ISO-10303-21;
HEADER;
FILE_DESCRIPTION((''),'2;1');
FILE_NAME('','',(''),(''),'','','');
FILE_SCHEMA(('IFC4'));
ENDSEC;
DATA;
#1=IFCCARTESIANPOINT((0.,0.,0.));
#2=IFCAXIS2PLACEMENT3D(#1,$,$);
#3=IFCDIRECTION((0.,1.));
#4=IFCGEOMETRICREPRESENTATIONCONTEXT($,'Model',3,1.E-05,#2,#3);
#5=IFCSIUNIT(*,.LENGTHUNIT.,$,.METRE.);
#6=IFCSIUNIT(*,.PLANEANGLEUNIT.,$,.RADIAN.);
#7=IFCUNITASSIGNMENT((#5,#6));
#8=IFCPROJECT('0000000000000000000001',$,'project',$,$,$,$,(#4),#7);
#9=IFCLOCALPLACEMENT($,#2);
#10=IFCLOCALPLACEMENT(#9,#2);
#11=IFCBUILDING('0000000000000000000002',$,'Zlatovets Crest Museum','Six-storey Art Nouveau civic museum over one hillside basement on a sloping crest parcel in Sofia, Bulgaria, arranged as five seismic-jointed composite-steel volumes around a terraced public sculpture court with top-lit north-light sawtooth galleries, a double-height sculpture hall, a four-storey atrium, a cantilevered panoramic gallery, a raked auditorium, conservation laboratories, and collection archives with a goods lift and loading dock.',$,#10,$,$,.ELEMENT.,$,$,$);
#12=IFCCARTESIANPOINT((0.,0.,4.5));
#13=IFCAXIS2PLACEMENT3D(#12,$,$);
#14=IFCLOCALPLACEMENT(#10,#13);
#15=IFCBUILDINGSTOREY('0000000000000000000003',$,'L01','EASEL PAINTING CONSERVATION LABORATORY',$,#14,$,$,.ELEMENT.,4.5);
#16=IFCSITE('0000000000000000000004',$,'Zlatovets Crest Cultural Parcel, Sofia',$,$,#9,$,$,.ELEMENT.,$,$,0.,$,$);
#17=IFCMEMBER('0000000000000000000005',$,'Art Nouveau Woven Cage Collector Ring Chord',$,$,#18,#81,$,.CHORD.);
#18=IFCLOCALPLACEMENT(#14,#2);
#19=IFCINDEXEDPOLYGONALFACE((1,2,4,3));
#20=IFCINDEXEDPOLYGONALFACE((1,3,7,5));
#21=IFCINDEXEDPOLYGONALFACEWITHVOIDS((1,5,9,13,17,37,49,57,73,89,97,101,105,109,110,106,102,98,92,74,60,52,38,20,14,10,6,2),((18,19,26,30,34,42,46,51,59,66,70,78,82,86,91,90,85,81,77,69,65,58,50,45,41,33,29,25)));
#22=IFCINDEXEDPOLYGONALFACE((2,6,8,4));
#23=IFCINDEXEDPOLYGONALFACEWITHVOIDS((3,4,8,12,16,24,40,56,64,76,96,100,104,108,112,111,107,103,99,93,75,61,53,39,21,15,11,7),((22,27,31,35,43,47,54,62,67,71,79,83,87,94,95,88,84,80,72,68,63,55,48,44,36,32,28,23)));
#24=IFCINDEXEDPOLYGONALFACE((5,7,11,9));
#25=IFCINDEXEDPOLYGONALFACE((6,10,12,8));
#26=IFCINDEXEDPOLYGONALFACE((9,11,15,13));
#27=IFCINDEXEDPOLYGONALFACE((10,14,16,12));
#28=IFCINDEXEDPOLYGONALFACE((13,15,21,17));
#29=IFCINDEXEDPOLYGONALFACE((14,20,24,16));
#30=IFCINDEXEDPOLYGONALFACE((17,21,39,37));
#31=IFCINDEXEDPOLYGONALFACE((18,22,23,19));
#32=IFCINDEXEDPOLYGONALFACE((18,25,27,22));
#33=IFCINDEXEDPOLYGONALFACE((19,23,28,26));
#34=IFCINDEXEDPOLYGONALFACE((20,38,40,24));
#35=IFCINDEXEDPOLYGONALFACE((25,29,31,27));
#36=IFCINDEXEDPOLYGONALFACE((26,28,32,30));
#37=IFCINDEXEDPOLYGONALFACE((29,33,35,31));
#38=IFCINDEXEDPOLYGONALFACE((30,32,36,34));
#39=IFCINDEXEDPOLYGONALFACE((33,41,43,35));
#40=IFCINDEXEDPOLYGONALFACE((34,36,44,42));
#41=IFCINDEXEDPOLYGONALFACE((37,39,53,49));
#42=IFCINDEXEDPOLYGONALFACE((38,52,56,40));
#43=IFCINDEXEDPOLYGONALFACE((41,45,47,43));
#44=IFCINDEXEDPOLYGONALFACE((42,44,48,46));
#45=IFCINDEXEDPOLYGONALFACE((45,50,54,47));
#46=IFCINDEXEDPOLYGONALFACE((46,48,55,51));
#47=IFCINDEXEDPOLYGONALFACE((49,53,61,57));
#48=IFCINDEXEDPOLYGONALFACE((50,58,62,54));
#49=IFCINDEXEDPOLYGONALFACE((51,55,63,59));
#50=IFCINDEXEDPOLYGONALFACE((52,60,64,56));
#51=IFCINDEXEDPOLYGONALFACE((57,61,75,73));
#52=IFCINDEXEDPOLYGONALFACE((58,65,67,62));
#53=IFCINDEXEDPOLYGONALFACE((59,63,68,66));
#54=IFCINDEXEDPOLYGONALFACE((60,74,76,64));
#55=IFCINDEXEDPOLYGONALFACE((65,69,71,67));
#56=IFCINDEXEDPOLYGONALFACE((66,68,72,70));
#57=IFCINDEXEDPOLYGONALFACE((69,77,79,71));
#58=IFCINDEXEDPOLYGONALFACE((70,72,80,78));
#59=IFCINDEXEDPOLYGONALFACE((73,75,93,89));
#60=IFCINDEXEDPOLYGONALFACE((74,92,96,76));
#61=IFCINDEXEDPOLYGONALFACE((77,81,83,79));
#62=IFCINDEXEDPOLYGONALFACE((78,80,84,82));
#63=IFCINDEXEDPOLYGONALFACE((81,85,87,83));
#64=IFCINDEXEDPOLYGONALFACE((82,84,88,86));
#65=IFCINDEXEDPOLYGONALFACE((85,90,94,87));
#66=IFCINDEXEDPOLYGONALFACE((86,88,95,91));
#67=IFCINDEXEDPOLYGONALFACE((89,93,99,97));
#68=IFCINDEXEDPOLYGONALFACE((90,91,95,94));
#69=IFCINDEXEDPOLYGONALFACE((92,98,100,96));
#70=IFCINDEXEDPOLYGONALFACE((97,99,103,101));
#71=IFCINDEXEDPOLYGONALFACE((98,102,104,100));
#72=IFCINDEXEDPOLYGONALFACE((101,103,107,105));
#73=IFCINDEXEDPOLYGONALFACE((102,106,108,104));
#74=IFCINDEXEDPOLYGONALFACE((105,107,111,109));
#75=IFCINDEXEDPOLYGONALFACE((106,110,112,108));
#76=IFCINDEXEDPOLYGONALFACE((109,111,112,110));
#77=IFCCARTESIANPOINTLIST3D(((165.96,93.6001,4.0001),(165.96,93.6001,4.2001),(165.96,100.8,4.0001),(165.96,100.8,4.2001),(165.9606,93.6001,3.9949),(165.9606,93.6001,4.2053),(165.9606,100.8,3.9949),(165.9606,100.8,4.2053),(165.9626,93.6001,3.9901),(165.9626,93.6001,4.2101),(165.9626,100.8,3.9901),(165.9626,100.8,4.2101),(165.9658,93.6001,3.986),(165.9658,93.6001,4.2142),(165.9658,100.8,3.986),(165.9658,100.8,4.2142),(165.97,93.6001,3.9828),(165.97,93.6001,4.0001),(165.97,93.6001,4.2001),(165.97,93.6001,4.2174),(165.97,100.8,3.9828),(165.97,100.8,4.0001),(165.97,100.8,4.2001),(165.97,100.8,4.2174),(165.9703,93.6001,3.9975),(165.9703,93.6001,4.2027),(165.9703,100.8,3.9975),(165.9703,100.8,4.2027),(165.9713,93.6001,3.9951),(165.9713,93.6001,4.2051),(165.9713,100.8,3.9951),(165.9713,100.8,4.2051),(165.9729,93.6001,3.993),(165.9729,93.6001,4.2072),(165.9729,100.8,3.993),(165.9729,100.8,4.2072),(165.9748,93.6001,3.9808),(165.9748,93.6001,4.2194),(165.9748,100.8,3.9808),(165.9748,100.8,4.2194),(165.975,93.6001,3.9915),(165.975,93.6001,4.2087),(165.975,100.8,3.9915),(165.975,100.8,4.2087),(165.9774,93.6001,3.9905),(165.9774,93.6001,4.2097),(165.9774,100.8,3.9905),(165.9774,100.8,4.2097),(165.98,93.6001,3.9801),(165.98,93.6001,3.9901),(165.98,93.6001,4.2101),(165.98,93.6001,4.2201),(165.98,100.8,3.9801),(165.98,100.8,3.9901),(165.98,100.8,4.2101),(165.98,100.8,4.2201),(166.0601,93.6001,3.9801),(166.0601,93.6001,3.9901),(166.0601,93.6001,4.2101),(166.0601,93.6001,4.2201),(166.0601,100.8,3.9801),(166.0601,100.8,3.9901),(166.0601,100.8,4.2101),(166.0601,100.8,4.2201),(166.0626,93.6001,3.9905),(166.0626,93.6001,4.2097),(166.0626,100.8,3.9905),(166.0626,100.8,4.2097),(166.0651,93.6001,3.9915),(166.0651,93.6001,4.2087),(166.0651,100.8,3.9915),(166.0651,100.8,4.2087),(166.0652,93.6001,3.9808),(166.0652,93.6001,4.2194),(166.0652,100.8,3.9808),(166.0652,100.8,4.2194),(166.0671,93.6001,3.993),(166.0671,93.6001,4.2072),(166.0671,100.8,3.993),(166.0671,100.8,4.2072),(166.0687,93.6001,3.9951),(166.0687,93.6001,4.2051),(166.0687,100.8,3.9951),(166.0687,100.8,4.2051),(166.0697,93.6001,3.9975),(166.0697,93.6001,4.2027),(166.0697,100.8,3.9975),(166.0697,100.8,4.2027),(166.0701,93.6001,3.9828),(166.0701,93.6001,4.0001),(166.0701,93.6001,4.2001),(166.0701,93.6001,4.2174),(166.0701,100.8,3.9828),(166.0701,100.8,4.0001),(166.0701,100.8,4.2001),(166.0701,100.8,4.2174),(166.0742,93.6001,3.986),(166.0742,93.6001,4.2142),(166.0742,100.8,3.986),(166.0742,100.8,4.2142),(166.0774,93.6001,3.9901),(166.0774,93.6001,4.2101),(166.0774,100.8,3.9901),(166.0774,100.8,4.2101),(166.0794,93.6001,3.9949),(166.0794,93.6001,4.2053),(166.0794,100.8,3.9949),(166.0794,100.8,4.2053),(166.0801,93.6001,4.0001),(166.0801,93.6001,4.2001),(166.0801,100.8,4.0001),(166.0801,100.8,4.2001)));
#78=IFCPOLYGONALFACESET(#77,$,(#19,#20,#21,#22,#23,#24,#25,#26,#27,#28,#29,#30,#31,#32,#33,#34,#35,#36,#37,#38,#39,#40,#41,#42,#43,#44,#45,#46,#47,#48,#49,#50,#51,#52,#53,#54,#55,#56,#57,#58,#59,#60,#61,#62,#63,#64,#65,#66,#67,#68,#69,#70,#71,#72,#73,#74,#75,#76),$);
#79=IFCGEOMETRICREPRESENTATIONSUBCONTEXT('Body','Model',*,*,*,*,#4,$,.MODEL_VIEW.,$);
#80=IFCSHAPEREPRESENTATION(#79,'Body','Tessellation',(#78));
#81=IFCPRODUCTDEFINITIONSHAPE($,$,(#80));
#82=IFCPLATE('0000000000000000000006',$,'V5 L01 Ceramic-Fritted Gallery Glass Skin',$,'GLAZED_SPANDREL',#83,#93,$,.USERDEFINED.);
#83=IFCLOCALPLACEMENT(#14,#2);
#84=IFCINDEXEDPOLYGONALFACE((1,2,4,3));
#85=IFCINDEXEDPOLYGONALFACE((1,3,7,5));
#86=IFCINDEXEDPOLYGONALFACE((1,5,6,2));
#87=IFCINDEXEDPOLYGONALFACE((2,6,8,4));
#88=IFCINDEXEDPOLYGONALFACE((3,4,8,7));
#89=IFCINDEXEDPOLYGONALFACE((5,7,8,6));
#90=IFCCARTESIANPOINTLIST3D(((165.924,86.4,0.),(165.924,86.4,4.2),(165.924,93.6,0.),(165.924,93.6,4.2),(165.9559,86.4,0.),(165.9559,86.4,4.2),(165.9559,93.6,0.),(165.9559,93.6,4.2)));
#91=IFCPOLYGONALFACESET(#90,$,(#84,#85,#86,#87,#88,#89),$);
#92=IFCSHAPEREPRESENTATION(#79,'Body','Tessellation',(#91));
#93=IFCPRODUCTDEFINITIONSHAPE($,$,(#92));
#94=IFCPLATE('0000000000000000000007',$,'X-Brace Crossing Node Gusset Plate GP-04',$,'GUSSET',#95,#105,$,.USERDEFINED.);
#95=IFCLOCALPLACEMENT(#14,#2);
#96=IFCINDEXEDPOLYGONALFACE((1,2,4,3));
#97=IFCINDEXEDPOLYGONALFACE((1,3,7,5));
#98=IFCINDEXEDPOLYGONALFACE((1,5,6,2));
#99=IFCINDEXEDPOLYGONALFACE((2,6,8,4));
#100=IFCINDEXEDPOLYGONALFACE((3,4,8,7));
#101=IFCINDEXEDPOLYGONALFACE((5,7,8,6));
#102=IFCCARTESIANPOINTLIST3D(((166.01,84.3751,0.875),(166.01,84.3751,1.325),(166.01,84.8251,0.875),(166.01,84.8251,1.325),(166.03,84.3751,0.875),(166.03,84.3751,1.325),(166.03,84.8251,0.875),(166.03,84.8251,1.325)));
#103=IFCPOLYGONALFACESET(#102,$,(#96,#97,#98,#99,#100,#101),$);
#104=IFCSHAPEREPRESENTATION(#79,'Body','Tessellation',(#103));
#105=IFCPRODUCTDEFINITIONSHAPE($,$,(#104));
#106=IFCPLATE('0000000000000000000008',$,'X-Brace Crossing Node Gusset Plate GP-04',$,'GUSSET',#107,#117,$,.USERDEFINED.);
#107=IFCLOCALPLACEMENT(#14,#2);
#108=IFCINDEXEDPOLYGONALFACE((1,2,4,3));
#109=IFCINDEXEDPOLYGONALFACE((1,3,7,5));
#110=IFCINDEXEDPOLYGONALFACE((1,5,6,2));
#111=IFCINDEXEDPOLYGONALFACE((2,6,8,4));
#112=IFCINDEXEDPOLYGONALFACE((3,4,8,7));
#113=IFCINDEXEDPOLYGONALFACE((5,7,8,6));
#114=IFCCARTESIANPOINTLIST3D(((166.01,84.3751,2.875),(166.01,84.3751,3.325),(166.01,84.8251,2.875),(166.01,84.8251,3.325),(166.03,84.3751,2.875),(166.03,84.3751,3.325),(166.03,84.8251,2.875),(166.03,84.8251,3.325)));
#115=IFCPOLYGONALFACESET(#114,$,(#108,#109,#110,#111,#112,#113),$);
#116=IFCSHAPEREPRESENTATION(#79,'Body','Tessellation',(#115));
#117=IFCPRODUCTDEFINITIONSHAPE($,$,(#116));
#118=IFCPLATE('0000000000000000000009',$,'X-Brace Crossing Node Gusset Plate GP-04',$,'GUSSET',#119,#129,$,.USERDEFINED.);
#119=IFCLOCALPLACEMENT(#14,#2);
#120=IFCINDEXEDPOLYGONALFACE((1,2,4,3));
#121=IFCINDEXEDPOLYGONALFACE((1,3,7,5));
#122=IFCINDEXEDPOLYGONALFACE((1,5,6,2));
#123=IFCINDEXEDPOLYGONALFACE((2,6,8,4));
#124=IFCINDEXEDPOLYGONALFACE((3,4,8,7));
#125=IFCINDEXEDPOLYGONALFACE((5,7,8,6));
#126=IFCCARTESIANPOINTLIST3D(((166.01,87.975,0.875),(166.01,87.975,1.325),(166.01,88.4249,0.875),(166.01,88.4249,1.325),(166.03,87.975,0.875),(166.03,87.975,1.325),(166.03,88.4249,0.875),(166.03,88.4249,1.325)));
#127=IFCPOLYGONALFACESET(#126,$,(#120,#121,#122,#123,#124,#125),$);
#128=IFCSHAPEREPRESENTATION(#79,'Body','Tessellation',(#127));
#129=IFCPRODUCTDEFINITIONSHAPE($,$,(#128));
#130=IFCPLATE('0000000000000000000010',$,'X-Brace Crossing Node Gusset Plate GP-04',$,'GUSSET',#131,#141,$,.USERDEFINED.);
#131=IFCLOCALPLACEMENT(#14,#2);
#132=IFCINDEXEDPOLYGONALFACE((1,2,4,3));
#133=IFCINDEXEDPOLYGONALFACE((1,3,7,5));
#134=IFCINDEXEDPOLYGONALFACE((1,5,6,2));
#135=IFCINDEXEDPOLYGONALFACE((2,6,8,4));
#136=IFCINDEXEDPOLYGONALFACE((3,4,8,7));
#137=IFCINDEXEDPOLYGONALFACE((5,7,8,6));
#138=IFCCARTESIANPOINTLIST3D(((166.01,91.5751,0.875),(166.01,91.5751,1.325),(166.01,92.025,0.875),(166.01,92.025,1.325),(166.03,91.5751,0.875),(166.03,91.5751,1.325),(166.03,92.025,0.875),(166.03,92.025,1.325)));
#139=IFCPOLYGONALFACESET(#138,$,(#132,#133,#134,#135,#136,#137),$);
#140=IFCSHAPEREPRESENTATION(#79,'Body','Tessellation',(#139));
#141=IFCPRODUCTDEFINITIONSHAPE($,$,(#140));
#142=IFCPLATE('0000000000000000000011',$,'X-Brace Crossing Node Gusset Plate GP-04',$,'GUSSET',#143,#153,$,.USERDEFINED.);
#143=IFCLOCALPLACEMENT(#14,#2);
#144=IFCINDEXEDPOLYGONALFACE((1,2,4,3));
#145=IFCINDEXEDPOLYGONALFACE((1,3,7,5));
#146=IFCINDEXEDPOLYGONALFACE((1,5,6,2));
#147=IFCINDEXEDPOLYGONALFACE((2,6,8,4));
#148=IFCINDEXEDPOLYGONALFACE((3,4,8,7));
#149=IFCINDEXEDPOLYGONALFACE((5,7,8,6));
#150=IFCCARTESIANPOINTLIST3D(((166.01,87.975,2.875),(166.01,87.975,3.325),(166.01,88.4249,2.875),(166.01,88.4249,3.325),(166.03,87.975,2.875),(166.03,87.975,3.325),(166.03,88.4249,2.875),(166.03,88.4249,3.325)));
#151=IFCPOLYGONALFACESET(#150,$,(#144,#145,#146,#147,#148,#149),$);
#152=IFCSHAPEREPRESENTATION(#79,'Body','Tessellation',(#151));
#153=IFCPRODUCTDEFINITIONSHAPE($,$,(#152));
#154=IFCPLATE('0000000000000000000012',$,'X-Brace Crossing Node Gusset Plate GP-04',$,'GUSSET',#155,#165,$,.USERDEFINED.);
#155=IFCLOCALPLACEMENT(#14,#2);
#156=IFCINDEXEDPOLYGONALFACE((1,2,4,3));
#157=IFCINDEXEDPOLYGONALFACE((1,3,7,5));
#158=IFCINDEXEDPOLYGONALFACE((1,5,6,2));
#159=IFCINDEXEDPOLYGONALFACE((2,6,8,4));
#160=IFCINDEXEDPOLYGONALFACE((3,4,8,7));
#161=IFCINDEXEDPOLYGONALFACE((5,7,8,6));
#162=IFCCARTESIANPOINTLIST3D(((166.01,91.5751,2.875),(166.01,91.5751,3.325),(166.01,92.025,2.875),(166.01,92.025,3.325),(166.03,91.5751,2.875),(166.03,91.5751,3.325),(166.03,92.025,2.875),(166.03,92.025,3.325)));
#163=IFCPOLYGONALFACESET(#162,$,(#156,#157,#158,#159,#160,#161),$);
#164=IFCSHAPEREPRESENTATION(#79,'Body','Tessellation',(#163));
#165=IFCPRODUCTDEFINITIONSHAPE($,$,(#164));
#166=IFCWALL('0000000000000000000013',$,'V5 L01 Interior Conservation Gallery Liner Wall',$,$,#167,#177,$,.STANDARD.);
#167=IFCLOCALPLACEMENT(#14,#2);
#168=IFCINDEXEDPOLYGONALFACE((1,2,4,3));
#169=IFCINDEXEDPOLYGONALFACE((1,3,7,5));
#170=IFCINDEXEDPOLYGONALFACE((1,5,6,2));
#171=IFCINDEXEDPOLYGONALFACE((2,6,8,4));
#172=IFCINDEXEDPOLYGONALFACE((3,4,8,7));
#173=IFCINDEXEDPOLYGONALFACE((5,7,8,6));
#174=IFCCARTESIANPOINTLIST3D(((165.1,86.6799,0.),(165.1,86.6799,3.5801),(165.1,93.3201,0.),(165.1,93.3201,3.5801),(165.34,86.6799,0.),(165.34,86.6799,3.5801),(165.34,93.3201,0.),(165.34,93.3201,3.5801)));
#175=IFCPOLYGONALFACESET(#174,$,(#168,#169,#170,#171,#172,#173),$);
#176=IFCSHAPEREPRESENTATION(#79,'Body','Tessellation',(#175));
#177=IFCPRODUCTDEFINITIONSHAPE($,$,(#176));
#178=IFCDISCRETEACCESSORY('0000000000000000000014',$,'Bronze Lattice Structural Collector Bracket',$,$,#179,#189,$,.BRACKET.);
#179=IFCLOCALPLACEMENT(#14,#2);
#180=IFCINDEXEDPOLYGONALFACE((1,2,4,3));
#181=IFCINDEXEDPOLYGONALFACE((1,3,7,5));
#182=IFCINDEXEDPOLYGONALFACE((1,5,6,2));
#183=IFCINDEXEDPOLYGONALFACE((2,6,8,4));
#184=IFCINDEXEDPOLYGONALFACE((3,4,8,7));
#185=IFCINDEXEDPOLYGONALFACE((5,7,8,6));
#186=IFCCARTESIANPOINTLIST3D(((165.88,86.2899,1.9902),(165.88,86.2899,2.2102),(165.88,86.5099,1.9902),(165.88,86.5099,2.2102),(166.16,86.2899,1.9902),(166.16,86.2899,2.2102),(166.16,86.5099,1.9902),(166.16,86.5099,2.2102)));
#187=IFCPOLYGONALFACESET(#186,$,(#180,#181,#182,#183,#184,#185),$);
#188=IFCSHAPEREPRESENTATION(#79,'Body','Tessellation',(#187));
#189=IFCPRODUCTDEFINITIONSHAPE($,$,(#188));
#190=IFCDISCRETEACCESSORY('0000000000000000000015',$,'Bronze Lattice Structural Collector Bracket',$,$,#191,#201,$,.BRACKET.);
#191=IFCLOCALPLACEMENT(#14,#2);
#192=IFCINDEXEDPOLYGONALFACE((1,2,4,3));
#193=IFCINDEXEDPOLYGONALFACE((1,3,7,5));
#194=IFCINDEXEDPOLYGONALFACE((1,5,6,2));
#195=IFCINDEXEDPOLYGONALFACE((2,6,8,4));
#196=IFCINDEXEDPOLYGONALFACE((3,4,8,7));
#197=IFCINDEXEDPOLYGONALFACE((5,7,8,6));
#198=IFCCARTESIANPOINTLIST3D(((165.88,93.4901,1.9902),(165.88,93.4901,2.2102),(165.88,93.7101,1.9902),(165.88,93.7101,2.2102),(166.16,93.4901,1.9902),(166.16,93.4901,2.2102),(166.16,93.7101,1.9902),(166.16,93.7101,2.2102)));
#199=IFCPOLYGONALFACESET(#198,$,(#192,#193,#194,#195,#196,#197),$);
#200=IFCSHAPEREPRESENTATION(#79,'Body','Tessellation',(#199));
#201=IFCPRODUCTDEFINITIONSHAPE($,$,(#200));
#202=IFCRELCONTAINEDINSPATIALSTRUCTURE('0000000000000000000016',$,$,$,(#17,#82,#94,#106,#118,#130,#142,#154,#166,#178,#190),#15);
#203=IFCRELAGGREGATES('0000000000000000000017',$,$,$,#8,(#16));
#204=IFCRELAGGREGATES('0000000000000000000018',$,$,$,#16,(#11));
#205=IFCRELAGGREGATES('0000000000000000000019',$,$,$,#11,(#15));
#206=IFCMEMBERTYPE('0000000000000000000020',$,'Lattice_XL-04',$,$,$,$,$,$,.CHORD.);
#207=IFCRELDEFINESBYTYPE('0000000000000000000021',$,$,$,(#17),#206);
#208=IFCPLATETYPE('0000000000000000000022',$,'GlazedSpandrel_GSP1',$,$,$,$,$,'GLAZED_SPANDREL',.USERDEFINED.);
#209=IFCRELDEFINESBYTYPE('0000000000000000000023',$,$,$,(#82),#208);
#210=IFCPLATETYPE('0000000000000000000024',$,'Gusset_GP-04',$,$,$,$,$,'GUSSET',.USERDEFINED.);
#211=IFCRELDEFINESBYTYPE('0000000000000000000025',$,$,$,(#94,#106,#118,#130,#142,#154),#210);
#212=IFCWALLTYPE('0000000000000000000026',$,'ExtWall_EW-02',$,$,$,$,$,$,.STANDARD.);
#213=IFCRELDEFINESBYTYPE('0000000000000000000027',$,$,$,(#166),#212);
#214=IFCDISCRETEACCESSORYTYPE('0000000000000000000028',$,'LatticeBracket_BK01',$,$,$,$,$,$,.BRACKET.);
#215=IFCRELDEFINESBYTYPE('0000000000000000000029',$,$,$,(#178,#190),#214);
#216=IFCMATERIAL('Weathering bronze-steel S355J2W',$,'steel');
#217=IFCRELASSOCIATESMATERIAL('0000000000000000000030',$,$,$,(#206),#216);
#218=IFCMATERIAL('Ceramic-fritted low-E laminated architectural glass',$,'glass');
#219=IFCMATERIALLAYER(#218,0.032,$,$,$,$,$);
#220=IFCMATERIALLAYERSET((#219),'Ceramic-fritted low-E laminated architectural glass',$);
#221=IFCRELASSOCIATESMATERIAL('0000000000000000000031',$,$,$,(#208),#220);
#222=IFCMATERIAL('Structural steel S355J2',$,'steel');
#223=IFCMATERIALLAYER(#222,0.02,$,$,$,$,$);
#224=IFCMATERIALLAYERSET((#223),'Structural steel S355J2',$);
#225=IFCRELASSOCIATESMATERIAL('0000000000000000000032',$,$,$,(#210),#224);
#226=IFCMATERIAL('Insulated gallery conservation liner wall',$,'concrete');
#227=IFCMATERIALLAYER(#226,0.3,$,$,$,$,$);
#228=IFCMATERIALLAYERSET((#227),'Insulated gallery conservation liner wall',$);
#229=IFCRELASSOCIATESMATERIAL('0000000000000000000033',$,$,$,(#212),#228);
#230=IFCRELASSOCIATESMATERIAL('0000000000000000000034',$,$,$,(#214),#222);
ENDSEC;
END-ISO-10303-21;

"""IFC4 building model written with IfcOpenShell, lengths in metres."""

from ifc_helpers import new_model, si_unit, direction, frame, frame_2d, origin, origin_2d, place, context, subcontext, project, spatial, rectangle, hollow_rectangle, extrude, material, layer, layer_set, material_profile, profile_set, type_object, element, save


model = new_model("IFC4")

# Units and contexts
model_context = context("Model", 3, precision=1e-05, world=origin(), true_north=direction((0.0, 1.0)))
body_context = subcontext(model_context, "Body", "Model", "MODEL_VIEW")
ifc_project = project(units=[si_unit("LENGTHUNIT", "METRE"), si_unit("PLANEANGLEUNIT", "RADIAN")], contexts=[model_context])

# Site, building, storey
site_placement = place(None, origin())
site = spatial("IfcSite", under=ifc_project, at=site_placement, Name="Zlatovets Crest Cultural Parcel, Sofia", CompositionType="ELEMENT", RefElevation=0.0)
building_placement = place(site_placement, origin())
building = spatial("IfcBuilding", under=site, at=building_placement, Name="Zlatovets Crest Museum", Description="Six-storey Art Nouveau civic museum over one hillside basement on a sloping crest parcel in Sofia, Bulgaria, arranged as five seismic-jointed composite-steel volumes around a terraced public sculpture court with top-lit north-light sawtooth galleries, a double-height sculpture hall, a four-storey atrium, a cantilevered panoramic gallery, a raked auditorium, conservation laboratories, and collection archives with a goods lift and loading dock.", CompositionType="ELEMENT")
storey_placement = place(building_placement, frame((0.0, 0.0, 4.5)))
storey = spatial("IfcBuildingStorey", under=building, at=storey_placement, Name="L01", Description="EASEL PAINTING CONSERVATION LABORATORY", CompositionType="ELEMENT", Elevation=4.5)

# Shared definitions
ifc_material_1 = material(Name="Structural steel S355J2", Category="steel")

# Member
ifc_material_2 = material(Name="Weathering bronze-steel S355J2W", Category="steel")
ifc_material_profile_1 = material_profile(ifc_material_2, hollow_rectangle(XDim=0.1201, YDim=0.24, WallThickness=0.01, InnerFilletRadius=0.01, OuterFilletRadius=0.02, at=origin_2d()), Name="RHS 120x240x10.0")
ifc_profile_set_1 = profile_set([ifc_material_profile_1], Name="Weathering bronze-steel S355J2W")
member_type_1 = type_object("IfcMemberType", Name="Lattice_XL-04", PredefinedType="CHORD", material=ifc_profile_set_1)
member_1_placement = place(storey_placement, frame((166.02, 93.6001, 4.1001), z_axis=(0.0, 1.0, 0.0), x_axis=(-1.0, 0.0, 0.0)))
element("IfcMember", 1, at=member_1_placement, inside=storey, type_object=member_type_1, Name="Art Nouveau Woven Cage Collector Ring Chord", PredefinedType="CHORD", context=body_context, shape_type="SweptSolid", body=[
    extrude(hollow_rectangle(XDim=0.1201, YDim=0.24, WallThickness=0.01, InnerFilletRadius=0.01, OuterFilletRadius=0.02, at=origin_2d()), origin(), (0.0, 0.0, 1.0), 7.2),
])

# Plates
ifc_material_3 = material(Name="Ceramic-fritted low-E laminated architectural glass", Category="glass")
ifc_layer_1 = layer(ifc_material_3, 0.032)
ifc_layer_set_1 = layer_set([ifc_layer_1], Name="Ceramic-fritted low-E laminated architectural glass")
plate_type_1 = type_object("IfcPlateType", Name="GlazedSpandrel_GSP1", ElementType="GLAZED_SPANDREL", PredefinedType="USERDEFINED", material=ifc_layer_set_1)
plate_placement = place(storey_placement, frame((165.9399, 90.0, 0.0), z_axis=(0.0, 0.0, 1.0), x_axis=(0.0, 1.0, 0.0)))
element("IfcPlate", 2, at=plate_placement, inside=storey, type_object=plate_type_1, Name="V5 L01 Ceramic-Fritted Gallery Glass Skin", ObjectType="GLAZED_SPANDREL", PredefinedType="USERDEFINED", context=body_context, shape_type="SweptSolid", body=[
    extrude(rectangle(XDim=7.2, YDim=0.032, at=origin_2d()), origin(), (0.0, 0.0, 1.0), 4.2),
])
ifc_layer_2 = layer(ifc_material_1, 0.02)
ifc_layer_set_2 = layer_set([ifc_layer_2], Name="Structural steel S355J2")
plate_type_2 = type_object("IfcPlateType", Name="Gusset_GP-04", ElementType="GUSSET", PredefinedType="USERDEFINED", material=ifc_layer_set_2)
for number, where, z_axis, x_axis, name in (
    (3, (166.02, 84.6001, 0.875), (0.0, 0.0, 1.0), (1.0, 0.0, 0.0), "X-Brace Crossing Node Gusset Plate GP-04"),
    (4, (166.02, 84.6001, 2.875), (0.0, 0.0, 1.0), (1.0, 0.0, 0.0), "X-Brace Crossing Node Gusset Plate GP-04"),
    (5, (166.02, 88.2, 0.875), (0.0, 0.0, 1.0), (1.0, 0.0, 0.0), "X-Brace Crossing Node Gusset Plate GP-04"),
    (6, (166.02, 91.8, 0.875), (0.0, 0.0, 1.0), (1.0, 0.0, 0.0), "X-Brace Crossing Node Gusset Plate GP-04"),
    (7, (166.02, 88.2, 2.875), (0.0, 0.0, 1.0), (1.0, 0.0, 0.0), "X-Brace Crossing Node Gusset Plate GP-04"),
    (8, (166.02, 91.8, 2.875), (0.0, 0.0, 1.0), (1.0, 0.0, 0.0), "X-Brace Crossing Node Gusset Plate GP-04"),
):
    element("IfcPlate", number, at=place(storey_placement, frame(where, z_axis=z_axis, x_axis=x_axis)), inside=storey, type_object=plate_type_2, Name=name, ObjectType="GUSSET", PredefinedType="USERDEFINED", context=body_context, shape_type="SweptSolid", body=[
        extrude(rectangle(XDim=0.02, YDim=0.45, at=origin_2d()), origin(), (0.0, 0.0, 1.0), 0.45),
    ])

# Wall
ifc_material_4 = material(Name="Insulated gallery conservation liner wall", Category="concrete")
ifc_layer_3 = layer(ifc_material_4, 0.3)
ifc_layer_set_3 = layer_set([ifc_layer_3], Name="Insulated gallery conservation liner wall")
wall_type = type_object("IfcWallType", Name="ExtWall_EW-02", PredefinedType="STANDARD", material=ifc_layer_set_3)
wall_placement = place(storey_placement, frame((165.22, 86.6799, 0.0), z_axis=(0.0, 0.0, 1.0), x_axis=(0.0, 1.0, 0.0)))
element("IfcWall", 9, at=wall_placement, inside=storey, type_object=wall_type, Name="V5 L01 Interior Conservation Gallery Liner Wall", PredefinedType="STANDARD", context=body_context, shape_type="SweptSolid", body=[
    extrude(rectangle(XDim=6.6401, YDim=0.24, at=frame_2d((3.3201, 0.0))), origin(), (0.0, 0.0, 1.0), 3.5801),
])

# Discrete accessories
discrete_accessory_type = type_object("IfcDiscreteAccessoryType", Name="LatticeBracket_BK01", PredefinedType="BRACKET", material=ifc_material_1)
for number, where, z_axis, x_axis, name in (
    (10, (166.02, 86.3999, 1.9902), (0.0, 0.0, 1.0), (1.0, 0.0, 0.0), "Bronze Lattice Structural Collector Bracket"),
    (11, (166.02, 93.6001, 1.9902), (0.0, 0.0, 1.0), (1.0, 0.0, 0.0), "Bronze Lattice Structural Collector Bracket"),
):
    element("IfcDiscreteAccessory", number, at=place(storey_placement, frame(where, z_axis=z_axis, x_axis=x_axis)), inside=storey, type_object=discrete_accessory_type, Name=name, PredefinedType="BRACKET", context=body_context, shape_type="SweptSolid", body=[
        extrude(rectangle(XDim=0.28, YDim=0.22, at=origin_2d()), origin(), (0.0, 0.0, 1.0), 0.22),
    ])

save(model, "model.ifc")
